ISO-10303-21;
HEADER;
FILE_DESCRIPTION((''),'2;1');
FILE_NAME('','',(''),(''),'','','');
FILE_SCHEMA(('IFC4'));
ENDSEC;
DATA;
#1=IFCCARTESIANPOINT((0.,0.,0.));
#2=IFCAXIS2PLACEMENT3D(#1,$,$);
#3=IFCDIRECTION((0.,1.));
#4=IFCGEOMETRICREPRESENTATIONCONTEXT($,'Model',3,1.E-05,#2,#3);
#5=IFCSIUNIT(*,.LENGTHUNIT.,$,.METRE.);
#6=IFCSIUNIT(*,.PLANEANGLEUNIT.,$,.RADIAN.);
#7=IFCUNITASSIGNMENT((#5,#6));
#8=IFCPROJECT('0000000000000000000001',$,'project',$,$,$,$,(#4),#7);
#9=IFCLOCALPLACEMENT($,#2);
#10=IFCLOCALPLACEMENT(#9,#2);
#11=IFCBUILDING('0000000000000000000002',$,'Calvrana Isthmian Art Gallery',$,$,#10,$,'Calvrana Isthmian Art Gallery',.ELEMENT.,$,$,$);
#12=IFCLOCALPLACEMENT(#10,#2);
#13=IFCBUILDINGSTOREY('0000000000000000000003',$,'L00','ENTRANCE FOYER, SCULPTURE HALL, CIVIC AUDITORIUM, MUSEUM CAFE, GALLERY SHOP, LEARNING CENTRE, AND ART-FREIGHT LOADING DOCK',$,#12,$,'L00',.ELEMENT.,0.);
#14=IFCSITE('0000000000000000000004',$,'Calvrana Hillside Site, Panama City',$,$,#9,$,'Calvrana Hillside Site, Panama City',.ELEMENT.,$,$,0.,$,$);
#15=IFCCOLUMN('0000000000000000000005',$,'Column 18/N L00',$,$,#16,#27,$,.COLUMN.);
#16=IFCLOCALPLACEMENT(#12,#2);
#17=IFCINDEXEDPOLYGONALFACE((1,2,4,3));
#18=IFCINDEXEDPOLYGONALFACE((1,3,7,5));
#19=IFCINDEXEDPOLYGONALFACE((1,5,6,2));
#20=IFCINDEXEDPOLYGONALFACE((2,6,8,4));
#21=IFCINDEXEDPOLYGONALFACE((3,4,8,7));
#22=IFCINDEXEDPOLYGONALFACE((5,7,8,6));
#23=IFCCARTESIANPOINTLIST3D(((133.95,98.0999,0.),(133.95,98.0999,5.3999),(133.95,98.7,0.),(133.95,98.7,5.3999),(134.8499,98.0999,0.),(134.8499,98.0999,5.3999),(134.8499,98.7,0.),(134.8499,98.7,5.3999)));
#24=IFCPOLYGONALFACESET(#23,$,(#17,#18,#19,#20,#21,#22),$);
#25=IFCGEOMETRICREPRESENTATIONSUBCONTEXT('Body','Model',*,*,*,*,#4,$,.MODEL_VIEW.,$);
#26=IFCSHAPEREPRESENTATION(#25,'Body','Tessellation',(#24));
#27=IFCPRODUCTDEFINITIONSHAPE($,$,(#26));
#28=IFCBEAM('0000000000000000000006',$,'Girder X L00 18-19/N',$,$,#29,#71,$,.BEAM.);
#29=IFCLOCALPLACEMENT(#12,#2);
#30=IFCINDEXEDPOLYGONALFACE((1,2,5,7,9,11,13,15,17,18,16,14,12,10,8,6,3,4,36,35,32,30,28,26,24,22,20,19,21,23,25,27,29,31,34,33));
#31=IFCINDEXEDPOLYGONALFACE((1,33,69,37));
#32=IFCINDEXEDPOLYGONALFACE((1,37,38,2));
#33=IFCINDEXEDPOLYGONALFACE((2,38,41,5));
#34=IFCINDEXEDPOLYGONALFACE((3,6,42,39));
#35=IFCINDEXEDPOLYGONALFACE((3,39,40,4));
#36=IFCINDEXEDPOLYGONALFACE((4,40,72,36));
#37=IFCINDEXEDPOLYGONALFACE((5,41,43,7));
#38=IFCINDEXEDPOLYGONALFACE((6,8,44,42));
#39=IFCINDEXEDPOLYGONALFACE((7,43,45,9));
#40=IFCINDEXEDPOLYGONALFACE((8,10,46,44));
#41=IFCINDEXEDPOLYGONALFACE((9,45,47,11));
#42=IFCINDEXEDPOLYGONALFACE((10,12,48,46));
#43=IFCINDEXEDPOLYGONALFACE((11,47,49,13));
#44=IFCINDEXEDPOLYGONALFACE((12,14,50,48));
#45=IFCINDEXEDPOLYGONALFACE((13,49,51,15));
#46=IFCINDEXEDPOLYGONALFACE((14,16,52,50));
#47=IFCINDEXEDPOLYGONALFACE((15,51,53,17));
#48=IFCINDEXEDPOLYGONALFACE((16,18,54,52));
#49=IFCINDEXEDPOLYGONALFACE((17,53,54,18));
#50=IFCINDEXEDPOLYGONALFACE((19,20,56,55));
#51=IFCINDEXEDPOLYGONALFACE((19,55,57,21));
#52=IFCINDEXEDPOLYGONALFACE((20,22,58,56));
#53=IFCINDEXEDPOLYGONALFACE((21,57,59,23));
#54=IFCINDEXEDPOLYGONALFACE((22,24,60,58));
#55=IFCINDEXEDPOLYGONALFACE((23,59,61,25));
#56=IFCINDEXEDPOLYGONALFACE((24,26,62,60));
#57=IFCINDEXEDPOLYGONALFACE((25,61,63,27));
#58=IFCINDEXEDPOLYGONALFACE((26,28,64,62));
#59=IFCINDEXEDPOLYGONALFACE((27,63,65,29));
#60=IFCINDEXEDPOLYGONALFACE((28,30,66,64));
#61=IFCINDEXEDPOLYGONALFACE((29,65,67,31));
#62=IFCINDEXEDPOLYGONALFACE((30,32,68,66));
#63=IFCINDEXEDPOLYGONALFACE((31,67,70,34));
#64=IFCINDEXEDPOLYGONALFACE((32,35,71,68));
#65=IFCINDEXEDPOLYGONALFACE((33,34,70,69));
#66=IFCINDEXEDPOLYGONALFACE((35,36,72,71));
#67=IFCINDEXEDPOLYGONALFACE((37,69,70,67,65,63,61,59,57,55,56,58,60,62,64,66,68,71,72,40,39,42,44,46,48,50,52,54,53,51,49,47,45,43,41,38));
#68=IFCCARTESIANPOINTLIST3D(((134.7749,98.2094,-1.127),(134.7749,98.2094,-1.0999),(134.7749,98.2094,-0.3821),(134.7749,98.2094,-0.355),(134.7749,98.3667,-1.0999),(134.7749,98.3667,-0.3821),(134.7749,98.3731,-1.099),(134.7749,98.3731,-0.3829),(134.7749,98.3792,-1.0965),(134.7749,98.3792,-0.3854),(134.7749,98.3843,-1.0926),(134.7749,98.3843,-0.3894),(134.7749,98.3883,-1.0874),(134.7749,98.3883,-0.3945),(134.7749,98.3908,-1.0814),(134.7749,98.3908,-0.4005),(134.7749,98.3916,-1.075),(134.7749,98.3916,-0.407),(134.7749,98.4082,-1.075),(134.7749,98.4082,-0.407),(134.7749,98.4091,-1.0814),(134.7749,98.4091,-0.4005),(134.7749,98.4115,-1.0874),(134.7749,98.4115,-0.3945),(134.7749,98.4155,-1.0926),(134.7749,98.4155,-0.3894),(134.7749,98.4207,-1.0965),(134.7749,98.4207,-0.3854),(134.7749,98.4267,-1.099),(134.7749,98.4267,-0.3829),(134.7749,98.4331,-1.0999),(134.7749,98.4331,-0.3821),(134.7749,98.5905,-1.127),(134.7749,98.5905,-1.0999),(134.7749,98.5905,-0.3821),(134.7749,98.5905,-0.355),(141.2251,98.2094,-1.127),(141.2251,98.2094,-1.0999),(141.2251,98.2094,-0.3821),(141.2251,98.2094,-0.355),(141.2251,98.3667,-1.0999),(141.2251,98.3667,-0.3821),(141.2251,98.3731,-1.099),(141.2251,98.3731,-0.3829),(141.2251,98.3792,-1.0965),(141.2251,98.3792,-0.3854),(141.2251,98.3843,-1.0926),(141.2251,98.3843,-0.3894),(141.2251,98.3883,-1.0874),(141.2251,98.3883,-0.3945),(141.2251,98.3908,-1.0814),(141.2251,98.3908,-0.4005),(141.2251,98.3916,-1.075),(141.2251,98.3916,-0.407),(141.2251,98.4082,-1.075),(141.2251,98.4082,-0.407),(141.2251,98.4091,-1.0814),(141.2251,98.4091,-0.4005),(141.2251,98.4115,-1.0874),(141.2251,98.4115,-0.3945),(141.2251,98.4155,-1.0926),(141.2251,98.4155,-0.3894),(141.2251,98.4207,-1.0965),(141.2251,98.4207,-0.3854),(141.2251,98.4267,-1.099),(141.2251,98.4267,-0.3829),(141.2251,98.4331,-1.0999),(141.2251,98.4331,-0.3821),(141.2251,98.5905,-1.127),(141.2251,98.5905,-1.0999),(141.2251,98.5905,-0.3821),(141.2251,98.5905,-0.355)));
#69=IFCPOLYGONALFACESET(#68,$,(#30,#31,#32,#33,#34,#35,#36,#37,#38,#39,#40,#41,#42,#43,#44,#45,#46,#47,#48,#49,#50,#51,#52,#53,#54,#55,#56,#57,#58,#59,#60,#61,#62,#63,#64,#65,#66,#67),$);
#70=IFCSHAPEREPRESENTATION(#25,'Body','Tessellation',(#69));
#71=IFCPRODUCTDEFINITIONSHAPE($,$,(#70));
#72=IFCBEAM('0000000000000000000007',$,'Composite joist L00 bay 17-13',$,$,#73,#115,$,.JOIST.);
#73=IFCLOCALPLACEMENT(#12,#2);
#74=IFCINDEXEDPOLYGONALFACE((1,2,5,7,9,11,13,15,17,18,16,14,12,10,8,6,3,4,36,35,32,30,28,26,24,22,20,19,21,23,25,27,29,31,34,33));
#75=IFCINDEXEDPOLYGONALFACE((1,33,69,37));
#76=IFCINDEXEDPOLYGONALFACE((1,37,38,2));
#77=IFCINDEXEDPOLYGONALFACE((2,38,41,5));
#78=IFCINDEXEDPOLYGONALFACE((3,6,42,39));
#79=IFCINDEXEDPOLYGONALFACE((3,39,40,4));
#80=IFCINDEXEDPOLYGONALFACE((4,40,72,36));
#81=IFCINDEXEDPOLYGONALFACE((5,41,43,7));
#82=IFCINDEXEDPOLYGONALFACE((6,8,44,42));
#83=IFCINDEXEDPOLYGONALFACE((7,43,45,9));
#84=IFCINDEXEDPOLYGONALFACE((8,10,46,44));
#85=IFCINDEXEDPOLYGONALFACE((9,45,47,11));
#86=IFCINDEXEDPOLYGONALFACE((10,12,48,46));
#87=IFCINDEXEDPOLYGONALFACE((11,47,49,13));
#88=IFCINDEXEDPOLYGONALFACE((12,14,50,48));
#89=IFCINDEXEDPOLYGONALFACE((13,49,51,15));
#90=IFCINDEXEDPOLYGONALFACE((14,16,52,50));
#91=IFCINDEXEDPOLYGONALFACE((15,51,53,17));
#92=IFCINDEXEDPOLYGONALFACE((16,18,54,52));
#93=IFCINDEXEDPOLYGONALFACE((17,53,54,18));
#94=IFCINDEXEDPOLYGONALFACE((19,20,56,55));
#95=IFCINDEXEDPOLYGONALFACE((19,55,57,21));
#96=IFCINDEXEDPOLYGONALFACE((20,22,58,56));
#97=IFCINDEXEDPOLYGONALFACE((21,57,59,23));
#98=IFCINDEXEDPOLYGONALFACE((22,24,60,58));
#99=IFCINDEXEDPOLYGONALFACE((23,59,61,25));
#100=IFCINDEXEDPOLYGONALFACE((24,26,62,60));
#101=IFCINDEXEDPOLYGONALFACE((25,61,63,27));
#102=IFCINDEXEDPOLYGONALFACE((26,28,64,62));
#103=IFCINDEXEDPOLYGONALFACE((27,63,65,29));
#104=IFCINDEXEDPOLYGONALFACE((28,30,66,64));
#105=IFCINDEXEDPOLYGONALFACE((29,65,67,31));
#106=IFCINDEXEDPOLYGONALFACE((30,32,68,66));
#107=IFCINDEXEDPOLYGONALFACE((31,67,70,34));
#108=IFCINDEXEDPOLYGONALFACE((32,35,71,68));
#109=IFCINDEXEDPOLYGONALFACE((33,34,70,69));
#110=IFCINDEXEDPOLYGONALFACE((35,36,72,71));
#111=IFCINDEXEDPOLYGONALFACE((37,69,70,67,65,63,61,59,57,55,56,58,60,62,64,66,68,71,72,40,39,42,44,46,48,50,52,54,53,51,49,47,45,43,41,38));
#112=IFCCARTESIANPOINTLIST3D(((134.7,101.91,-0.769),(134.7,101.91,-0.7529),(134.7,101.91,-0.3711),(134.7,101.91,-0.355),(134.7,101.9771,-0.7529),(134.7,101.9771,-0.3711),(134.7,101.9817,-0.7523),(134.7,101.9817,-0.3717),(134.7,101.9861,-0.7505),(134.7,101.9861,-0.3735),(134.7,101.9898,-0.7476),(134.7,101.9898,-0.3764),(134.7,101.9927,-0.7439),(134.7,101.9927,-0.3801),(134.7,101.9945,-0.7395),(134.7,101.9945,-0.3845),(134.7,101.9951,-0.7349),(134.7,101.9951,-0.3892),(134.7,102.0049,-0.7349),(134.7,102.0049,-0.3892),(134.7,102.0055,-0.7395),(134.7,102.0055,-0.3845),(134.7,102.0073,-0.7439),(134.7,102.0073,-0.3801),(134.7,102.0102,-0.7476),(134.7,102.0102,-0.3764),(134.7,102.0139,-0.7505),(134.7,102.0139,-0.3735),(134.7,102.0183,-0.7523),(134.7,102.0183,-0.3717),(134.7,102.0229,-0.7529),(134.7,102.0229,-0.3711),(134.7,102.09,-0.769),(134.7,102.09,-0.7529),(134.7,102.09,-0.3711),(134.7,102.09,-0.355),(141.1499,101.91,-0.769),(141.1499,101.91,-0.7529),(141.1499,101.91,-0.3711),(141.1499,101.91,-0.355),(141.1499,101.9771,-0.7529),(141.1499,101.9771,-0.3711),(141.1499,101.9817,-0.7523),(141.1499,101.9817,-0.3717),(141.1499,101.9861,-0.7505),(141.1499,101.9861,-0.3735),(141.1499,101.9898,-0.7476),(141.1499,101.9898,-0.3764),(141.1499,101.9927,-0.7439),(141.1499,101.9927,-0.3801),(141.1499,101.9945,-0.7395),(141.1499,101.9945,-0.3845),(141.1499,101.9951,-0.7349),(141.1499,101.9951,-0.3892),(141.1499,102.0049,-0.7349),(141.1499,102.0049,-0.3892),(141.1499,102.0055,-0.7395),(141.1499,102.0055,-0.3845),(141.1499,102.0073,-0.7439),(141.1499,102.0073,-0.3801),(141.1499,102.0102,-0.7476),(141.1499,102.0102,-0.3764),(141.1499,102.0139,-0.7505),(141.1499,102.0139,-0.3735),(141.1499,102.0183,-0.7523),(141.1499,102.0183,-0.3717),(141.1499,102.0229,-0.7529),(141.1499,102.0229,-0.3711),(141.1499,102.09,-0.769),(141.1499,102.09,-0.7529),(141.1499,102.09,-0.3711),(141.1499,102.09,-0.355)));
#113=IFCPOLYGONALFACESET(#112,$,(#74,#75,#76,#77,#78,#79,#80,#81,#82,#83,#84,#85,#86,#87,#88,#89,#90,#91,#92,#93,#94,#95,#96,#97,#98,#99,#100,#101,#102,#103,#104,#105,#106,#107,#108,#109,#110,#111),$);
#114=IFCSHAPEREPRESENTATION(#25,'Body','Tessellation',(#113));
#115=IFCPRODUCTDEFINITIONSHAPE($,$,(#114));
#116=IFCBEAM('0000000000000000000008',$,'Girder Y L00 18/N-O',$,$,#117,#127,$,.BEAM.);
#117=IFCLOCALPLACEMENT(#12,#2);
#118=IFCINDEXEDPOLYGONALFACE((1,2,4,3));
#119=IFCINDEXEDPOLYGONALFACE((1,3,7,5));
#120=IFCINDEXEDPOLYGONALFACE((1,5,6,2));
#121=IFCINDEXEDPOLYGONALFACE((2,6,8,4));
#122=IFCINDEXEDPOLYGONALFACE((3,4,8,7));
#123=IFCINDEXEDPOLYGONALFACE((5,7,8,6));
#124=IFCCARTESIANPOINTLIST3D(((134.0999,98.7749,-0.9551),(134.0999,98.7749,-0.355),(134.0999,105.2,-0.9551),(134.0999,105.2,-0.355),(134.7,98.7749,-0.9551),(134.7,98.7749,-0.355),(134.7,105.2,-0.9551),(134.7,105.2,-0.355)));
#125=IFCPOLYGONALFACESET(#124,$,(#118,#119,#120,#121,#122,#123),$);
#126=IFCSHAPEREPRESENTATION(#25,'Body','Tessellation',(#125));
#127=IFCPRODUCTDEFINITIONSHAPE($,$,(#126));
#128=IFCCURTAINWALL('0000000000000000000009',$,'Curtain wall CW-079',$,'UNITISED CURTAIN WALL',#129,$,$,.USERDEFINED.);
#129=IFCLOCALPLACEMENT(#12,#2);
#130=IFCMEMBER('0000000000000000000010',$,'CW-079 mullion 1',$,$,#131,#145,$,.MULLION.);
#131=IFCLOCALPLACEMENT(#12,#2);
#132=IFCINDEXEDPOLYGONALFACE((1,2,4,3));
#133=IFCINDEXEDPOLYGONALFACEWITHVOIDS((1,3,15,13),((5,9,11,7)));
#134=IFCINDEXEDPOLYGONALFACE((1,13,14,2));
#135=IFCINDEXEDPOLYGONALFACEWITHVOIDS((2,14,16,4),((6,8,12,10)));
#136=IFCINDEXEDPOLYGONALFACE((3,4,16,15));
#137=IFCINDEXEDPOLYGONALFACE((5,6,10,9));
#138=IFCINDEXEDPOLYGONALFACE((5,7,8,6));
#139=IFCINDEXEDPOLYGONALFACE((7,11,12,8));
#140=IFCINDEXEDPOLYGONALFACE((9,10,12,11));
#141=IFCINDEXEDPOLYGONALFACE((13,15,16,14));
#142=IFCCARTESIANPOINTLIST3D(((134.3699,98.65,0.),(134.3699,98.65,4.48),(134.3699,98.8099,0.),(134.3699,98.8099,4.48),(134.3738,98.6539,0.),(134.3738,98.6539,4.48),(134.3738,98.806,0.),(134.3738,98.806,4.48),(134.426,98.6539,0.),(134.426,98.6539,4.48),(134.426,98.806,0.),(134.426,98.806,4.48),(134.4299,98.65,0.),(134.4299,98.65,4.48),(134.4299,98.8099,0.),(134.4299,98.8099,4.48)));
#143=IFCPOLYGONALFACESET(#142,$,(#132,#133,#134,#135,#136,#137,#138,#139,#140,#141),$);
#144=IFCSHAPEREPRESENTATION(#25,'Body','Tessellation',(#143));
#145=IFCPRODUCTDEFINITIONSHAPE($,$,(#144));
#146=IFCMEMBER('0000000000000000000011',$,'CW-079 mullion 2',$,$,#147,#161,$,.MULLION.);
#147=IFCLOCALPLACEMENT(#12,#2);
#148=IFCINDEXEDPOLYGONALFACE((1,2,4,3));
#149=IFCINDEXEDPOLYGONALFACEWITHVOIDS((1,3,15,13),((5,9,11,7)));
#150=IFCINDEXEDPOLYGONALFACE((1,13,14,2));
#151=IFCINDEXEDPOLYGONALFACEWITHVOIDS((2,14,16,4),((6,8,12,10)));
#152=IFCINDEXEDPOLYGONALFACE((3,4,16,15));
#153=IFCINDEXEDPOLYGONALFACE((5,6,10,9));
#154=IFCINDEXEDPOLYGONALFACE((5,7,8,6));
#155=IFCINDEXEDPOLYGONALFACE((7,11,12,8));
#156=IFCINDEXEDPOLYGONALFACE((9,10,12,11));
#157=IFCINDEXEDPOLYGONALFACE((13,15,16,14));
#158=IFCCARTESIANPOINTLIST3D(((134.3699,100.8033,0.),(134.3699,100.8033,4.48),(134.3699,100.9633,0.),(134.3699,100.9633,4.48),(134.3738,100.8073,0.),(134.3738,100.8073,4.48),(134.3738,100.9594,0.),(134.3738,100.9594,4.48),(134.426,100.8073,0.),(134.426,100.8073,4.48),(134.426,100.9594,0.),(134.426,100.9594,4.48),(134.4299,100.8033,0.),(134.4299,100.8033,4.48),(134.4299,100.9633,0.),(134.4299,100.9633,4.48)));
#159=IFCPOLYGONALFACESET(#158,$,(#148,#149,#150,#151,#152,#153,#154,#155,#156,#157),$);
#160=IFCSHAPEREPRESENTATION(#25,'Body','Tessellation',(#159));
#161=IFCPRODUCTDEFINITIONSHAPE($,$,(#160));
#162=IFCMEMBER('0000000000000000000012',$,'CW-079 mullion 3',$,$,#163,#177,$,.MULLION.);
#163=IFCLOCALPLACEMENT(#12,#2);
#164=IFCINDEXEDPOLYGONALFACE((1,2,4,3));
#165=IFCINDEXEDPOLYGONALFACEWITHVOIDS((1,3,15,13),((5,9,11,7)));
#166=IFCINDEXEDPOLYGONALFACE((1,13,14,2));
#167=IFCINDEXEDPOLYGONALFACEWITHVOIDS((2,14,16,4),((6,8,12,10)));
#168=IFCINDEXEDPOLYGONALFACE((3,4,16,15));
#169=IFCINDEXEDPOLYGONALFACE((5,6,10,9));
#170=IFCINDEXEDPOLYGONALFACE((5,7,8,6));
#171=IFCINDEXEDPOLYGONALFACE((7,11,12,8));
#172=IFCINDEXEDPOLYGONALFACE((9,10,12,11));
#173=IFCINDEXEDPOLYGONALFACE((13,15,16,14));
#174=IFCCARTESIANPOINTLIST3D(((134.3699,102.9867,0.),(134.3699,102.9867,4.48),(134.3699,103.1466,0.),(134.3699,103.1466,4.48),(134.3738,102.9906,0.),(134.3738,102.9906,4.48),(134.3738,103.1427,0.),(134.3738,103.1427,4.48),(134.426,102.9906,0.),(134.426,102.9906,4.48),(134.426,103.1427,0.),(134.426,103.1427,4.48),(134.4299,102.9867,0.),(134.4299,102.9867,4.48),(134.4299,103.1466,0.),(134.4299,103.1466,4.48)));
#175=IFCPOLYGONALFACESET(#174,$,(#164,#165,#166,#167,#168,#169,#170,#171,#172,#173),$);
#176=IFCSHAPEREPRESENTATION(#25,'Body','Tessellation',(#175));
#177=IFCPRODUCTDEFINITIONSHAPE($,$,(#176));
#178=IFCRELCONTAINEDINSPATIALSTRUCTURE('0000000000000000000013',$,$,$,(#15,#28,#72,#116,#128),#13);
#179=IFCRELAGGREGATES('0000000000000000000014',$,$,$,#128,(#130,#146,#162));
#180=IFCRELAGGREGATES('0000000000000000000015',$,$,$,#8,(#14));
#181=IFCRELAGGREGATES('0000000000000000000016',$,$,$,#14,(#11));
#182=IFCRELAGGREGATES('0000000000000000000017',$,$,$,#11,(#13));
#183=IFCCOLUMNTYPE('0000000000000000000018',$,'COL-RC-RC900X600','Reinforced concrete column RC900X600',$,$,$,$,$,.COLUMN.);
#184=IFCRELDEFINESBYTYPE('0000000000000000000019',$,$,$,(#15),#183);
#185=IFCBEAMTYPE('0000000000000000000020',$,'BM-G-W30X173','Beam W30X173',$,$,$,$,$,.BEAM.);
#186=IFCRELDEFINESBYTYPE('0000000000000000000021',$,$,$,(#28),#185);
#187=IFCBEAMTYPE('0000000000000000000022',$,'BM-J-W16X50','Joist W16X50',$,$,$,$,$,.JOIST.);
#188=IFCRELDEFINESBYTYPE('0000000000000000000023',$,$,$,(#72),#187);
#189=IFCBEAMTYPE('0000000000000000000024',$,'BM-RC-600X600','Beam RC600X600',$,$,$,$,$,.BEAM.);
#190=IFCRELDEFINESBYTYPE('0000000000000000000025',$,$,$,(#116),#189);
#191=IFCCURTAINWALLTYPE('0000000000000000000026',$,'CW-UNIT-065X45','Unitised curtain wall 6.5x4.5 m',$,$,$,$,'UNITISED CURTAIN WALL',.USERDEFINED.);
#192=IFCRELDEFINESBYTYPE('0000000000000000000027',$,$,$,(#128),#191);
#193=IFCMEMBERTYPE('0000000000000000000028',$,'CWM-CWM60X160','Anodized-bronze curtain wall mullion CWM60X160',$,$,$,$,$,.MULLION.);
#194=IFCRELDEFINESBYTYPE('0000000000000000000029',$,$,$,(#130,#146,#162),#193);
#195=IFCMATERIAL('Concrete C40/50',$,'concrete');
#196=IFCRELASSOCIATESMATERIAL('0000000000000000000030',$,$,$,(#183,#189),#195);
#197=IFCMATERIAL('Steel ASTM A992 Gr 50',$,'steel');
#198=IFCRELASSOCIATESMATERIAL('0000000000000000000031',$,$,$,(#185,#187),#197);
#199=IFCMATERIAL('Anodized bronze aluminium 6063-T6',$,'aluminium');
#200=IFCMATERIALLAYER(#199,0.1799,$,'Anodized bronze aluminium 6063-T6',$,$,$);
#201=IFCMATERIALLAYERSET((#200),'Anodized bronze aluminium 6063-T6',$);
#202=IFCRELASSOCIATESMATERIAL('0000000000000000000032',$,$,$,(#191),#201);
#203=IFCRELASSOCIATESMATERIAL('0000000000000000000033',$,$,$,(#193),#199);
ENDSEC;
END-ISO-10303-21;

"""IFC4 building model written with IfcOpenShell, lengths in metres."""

from ifc_helpers import new_model, si_unit, direction, frame, origin, origin_2d, place, context, subcontext, project, spatial, rectangle, hollow_rectangle, i_section, extrude, material, layer, layer_set, material_profile, profile_set, type_object, element, aggregate, save


model = new_model("IFC4")

# Units and contexts
model_context = context("Model", 3, precision=1e-05, world=origin(), true_north=direction((0.0, 1.0)))
body_context = subcontext(model_context, "Body", "Model", "MODEL_VIEW")
ifc_project = project(units=[si_unit("LENGTHUNIT", "METRE"), si_unit("PLANEANGLEUNIT", "RADIAN")], contexts=[model_context])

# Site, building, storey
site_placement = place(None, origin())
site = spatial("IfcSite", under=ifc_project, at=site_placement, Name="Calvrana Hillside Site, Panama City", LongName="Calvrana Hillside Site, Panama City", CompositionType="ELEMENT", RefElevation=0.0)
building_placement = place(site_placement, origin())
building = spatial("IfcBuilding", under=site, at=building_placement, Name="Calvrana Isthmian Art Gallery", LongName="Calvrana Isthmian Art Gallery", CompositionType="ELEMENT")
storey_placement = place(building_placement, origin())
storey = spatial("IfcBuildingStorey", under=building, at=storey_placement, Name="L00", Description="ENTRANCE FOYER, SCULPTURE HALL, CIVIC AUDITORIUM, MUSEUM CAFE, GALLERY SHOP, LEARNING CENTRE, AND ART-FREIGHT LOADING DOCK", LongName="L00", CompositionType="ELEMENT", Elevation=0.0)

# Column
ifc_material_1 = material(Name="Concrete C40/50", Category="concrete")
ifc_material_profile_1 = material_profile(ifc_material_1, rectangle(XDim=0.8999, YDim=0.6001, at=origin_2d()), Name="RC900X600")
ifc_profile_set_1 = profile_set([ifc_material_profile_1], Name="Concrete C40/50")
column_type = type_object("IfcColumnType", Name="COL-RC-RC900X600", Description="Reinforced concrete column RC900X600", PredefinedType="COLUMN", material=ifc_profile_set_1)
column_placement = place(storey_placement, frame((134.3999, 98.3999, 0.0), z_axis=(0.0, 0.0, 1.0), x_axis=(1.0, 0.0, 0.0)))
element("IfcColumn", 1, at=column_placement, inside=storey, type_object=column_type, Name="Column 18/N L00", PredefinedType="COLUMN", context=body_context, shape_type="SweptSolid", body=[
    extrude(rectangle(XDim=0.8999, YDim=0.6001, at=origin_2d()), origin(), (0.0, 0.0, 1.0), 5.3999),
])

# Beams
ifc_material_2 = material(Name="Steel ASTM A992 Gr 50", Category="steel")
ifc_material_profile_2 = material_profile(ifc_material_2, i_section(OverallWidth=0.3811, OverallDepth=0.772, WebThickness=0.0166, FlangeThickness=0.0271, FilletRadius=0.0249, at=origin_2d()), Name="W30X173")
ifc_profile_set_2 = profile_set([ifc_material_profile_2], Name="Steel ASTM A992 Gr 50")
beam_type_1 = type_object("IfcBeamType", Name="BM-G-W30X173", Description="Beam W30X173", PredefinedType="BEAM", material=ifc_profile_set_2)
beam_1_placement = place(storey_placement, frame((134.7749, 98.3999, -0.741), z_axis=(1.0, 0.0, 0.0), x_axis=(0.0, 1.0, 0.0)))
element("IfcBeam", 2, at=beam_1_placement, inside=storey, type_object=beam_type_1, Name="Girder X L00 18-19/N", PredefinedType="BEAM", context=body_context, shape_type="SweptSolid", body=[
    extrude(i_section(OverallWidth=0.3811, OverallDepth=0.772, WebThickness=0.0166, FlangeThickness=0.0271, FilletRadius=0.0249, at=origin_2d()), origin(), (0.0, 0.0, 1.0), 6.4502),
])
ifc_material_profile_3 = material_profile(ifc_material_2, i_section(OverallWidth=0.1799, OverallDepth=0.4141, WebThickness=0.0098, FlangeThickness=0.0161, FilletRadius=0.0181, at=origin_2d()), Name="W16X50")
ifc_profile_set_3 = profile_set([ifc_material_profile_3], Name="Steel ASTM A992 Gr 50")
beam_type_2 = type_object("IfcBeamType", Name="BM-J-W16X50", Description="Joist W16X50", PredefinedType="JOIST", material=ifc_profile_set_3)
beam_2_placement = place(storey_placement, frame((134.7, 102.0, -0.562), z_axis=(1.0, 0.0, 0.0), x_axis=(0.0, 1.0, 0.0)))
element("IfcBeam", 3, at=beam_2_placement, inside=storey, type_object=beam_type_2, Name="Composite joist L00 bay 17-13", PredefinedType="JOIST", context=body_context, shape_type="SweptSolid", body=[
    extrude(i_section(OverallWidth=0.1799, OverallDepth=0.4141, WebThickness=0.0098, FlangeThickness=0.0161, FilletRadius=0.0181, at=origin_2d()), origin(), (0.0, 0.0, 1.0), 6.45),
])
ifc_material_profile_4 = material_profile(ifc_material_1, rectangle(XDim=0.6001, YDim=0.6001, at=origin_2d()), Name="RC600X600")
ifc_profile_set_4 = profile_set([ifc_material_profile_4], Name="Concrete C40/50")
beam_type_3 = type_object("IfcBeamType", Name="BM-RC-600X600", Description="Beam RC600X600", PredefinedType="BEAM", material=ifc_profile_set_4)
beam_3_placement = place(storey_placement, frame((134.3999, 98.7749, -0.655), z_axis=(0.0, 1.0, 0.0), x_axis=(-1.0, 0.0, 0.0)))
element("IfcBeam", 4, at=beam_3_placement, inside=storey, type_object=beam_type_3, Name="Girder Y L00 18/N-O", PredefinedType="BEAM", context=body_context, shape_type="SweptSolid", body=[
    extrude(rectangle(XDim=0.6001, YDim=0.6001, at=origin_2d()), origin(), (0.0, 0.0, 1.0), 6.425),
])

# Curtain wall, members
ifc_material_3 = material(Name="Anodized bronze aluminium 6063-T6", Category="aluminium")
ifc_layer_1 = layer(ifc_material_3, 0.1799, Name="Anodized bronze aluminium 6063-T6")
ifc_layer_set_1 = layer_set([ifc_layer_1], Name="Anodized bronze aluminium 6063-T6")
curtain_wall_type_1 = type_object("IfcCurtainWallType", Name="CW-UNIT-065X45", Description="Unitised curtain wall 6.5x4.5 m", ElementType="UNITISED CURTAIN WALL", PredefinedType="USERDEFINED", material=ifc_layer_set_1)
curtain_wall_1_placement = place(storey_placement, origin())
curtain_wall_1 = element("IfcCurtainWall", 5, at=curtain_wall_1_placement, inside=storey, type_object=curtain_wall_type_1, Name="Curtain wall CW-079", ObjectType="UNITISED CURTAIN WALL", PredefinedType="USERDEFINED")
ifc_material_profile_5 = material_profile(ifc_material_3, hollow_rectangle(XDim=0.0601, YDim=0.1599, WallThickness=0.0039, at=origin_2d()), Name="CWM60X160")
ifc_profile_set_5 = profile_set([ifc_material_profile_5], Name="Anodized bronze aluminium 6063-T6")
member_type_1 = type_object("IfcMemberType", Name="CWM-CWM60X160", Description="Anodized-bronze curtain wall mullion CWM60X160", PredefinedType="MULLION", material=ifc_profile_set_5)
member_1_placement = place(storey_placement, frame((134.3999, 98.73, 0.0), z_axis=(0.0, 0.0, 1.0), x_axis=(-1.0, 0.0, 0.0)))
member_1 = element("IfcMember", 6, at=member_1_placement, type_object=member_type_1, Name="CW-079 mullion 1", PredefinedType="MULLION", context=body_context, shape_type="SweptSolid", body=[
    extrude(hollow_rectangle(XDim=0.0601, YDim=0.1599, WallThickness=0.0039, at=origin_2d()), origin(), (0.0, 0.0, 1.0), 4.48),
])
member_2_placement = place(storey_placement, frame((134.3999, 100.8833, 0.0), z_axis=(0.0, 0.0, 1.0), x_axis=(-1.0, 0.0, 0.0)))
member_2 = element("IfcMember", 7, at=member_2_placement, type_object=member_type_1, Name="CW-079 mullion 2", PredefinedType="MULLION", context=body_context, shape_type="SweptSolid", body=[
    extrude(hollow_rectangle(XDim=0.0601, YDim=0.1599, WallThickness=0.0039, at=origin_2d()), origin(), (0.0, 0.0, 1.0), 4.48),
])
member_3_placement = place(storey_placement, frame((134.3999, 103.0667, 0.0), z_axis=(0.0, 0.0, 1.0), x_axis=(-1.0, 0.0, 0.0)))
member_3 = element("IfcMember", 8, at=member_3_placement, type_object=member_type_1, Name="CW-079 mullion 3", PredefinedType="MULLION", context=body_context, shape_type="SweptSolid", body=[
    extrude(hollow_rectangle(XDim=0.0601, YDim=0.1599, WallThickness=0.0039, at=origin_2d()), origin(), (0.0, 0.0, 1.0), 4.48),
])

aggregate(curtain_wall_1, [member_1, member_2, member_3])

save(model, "model.ifc")
